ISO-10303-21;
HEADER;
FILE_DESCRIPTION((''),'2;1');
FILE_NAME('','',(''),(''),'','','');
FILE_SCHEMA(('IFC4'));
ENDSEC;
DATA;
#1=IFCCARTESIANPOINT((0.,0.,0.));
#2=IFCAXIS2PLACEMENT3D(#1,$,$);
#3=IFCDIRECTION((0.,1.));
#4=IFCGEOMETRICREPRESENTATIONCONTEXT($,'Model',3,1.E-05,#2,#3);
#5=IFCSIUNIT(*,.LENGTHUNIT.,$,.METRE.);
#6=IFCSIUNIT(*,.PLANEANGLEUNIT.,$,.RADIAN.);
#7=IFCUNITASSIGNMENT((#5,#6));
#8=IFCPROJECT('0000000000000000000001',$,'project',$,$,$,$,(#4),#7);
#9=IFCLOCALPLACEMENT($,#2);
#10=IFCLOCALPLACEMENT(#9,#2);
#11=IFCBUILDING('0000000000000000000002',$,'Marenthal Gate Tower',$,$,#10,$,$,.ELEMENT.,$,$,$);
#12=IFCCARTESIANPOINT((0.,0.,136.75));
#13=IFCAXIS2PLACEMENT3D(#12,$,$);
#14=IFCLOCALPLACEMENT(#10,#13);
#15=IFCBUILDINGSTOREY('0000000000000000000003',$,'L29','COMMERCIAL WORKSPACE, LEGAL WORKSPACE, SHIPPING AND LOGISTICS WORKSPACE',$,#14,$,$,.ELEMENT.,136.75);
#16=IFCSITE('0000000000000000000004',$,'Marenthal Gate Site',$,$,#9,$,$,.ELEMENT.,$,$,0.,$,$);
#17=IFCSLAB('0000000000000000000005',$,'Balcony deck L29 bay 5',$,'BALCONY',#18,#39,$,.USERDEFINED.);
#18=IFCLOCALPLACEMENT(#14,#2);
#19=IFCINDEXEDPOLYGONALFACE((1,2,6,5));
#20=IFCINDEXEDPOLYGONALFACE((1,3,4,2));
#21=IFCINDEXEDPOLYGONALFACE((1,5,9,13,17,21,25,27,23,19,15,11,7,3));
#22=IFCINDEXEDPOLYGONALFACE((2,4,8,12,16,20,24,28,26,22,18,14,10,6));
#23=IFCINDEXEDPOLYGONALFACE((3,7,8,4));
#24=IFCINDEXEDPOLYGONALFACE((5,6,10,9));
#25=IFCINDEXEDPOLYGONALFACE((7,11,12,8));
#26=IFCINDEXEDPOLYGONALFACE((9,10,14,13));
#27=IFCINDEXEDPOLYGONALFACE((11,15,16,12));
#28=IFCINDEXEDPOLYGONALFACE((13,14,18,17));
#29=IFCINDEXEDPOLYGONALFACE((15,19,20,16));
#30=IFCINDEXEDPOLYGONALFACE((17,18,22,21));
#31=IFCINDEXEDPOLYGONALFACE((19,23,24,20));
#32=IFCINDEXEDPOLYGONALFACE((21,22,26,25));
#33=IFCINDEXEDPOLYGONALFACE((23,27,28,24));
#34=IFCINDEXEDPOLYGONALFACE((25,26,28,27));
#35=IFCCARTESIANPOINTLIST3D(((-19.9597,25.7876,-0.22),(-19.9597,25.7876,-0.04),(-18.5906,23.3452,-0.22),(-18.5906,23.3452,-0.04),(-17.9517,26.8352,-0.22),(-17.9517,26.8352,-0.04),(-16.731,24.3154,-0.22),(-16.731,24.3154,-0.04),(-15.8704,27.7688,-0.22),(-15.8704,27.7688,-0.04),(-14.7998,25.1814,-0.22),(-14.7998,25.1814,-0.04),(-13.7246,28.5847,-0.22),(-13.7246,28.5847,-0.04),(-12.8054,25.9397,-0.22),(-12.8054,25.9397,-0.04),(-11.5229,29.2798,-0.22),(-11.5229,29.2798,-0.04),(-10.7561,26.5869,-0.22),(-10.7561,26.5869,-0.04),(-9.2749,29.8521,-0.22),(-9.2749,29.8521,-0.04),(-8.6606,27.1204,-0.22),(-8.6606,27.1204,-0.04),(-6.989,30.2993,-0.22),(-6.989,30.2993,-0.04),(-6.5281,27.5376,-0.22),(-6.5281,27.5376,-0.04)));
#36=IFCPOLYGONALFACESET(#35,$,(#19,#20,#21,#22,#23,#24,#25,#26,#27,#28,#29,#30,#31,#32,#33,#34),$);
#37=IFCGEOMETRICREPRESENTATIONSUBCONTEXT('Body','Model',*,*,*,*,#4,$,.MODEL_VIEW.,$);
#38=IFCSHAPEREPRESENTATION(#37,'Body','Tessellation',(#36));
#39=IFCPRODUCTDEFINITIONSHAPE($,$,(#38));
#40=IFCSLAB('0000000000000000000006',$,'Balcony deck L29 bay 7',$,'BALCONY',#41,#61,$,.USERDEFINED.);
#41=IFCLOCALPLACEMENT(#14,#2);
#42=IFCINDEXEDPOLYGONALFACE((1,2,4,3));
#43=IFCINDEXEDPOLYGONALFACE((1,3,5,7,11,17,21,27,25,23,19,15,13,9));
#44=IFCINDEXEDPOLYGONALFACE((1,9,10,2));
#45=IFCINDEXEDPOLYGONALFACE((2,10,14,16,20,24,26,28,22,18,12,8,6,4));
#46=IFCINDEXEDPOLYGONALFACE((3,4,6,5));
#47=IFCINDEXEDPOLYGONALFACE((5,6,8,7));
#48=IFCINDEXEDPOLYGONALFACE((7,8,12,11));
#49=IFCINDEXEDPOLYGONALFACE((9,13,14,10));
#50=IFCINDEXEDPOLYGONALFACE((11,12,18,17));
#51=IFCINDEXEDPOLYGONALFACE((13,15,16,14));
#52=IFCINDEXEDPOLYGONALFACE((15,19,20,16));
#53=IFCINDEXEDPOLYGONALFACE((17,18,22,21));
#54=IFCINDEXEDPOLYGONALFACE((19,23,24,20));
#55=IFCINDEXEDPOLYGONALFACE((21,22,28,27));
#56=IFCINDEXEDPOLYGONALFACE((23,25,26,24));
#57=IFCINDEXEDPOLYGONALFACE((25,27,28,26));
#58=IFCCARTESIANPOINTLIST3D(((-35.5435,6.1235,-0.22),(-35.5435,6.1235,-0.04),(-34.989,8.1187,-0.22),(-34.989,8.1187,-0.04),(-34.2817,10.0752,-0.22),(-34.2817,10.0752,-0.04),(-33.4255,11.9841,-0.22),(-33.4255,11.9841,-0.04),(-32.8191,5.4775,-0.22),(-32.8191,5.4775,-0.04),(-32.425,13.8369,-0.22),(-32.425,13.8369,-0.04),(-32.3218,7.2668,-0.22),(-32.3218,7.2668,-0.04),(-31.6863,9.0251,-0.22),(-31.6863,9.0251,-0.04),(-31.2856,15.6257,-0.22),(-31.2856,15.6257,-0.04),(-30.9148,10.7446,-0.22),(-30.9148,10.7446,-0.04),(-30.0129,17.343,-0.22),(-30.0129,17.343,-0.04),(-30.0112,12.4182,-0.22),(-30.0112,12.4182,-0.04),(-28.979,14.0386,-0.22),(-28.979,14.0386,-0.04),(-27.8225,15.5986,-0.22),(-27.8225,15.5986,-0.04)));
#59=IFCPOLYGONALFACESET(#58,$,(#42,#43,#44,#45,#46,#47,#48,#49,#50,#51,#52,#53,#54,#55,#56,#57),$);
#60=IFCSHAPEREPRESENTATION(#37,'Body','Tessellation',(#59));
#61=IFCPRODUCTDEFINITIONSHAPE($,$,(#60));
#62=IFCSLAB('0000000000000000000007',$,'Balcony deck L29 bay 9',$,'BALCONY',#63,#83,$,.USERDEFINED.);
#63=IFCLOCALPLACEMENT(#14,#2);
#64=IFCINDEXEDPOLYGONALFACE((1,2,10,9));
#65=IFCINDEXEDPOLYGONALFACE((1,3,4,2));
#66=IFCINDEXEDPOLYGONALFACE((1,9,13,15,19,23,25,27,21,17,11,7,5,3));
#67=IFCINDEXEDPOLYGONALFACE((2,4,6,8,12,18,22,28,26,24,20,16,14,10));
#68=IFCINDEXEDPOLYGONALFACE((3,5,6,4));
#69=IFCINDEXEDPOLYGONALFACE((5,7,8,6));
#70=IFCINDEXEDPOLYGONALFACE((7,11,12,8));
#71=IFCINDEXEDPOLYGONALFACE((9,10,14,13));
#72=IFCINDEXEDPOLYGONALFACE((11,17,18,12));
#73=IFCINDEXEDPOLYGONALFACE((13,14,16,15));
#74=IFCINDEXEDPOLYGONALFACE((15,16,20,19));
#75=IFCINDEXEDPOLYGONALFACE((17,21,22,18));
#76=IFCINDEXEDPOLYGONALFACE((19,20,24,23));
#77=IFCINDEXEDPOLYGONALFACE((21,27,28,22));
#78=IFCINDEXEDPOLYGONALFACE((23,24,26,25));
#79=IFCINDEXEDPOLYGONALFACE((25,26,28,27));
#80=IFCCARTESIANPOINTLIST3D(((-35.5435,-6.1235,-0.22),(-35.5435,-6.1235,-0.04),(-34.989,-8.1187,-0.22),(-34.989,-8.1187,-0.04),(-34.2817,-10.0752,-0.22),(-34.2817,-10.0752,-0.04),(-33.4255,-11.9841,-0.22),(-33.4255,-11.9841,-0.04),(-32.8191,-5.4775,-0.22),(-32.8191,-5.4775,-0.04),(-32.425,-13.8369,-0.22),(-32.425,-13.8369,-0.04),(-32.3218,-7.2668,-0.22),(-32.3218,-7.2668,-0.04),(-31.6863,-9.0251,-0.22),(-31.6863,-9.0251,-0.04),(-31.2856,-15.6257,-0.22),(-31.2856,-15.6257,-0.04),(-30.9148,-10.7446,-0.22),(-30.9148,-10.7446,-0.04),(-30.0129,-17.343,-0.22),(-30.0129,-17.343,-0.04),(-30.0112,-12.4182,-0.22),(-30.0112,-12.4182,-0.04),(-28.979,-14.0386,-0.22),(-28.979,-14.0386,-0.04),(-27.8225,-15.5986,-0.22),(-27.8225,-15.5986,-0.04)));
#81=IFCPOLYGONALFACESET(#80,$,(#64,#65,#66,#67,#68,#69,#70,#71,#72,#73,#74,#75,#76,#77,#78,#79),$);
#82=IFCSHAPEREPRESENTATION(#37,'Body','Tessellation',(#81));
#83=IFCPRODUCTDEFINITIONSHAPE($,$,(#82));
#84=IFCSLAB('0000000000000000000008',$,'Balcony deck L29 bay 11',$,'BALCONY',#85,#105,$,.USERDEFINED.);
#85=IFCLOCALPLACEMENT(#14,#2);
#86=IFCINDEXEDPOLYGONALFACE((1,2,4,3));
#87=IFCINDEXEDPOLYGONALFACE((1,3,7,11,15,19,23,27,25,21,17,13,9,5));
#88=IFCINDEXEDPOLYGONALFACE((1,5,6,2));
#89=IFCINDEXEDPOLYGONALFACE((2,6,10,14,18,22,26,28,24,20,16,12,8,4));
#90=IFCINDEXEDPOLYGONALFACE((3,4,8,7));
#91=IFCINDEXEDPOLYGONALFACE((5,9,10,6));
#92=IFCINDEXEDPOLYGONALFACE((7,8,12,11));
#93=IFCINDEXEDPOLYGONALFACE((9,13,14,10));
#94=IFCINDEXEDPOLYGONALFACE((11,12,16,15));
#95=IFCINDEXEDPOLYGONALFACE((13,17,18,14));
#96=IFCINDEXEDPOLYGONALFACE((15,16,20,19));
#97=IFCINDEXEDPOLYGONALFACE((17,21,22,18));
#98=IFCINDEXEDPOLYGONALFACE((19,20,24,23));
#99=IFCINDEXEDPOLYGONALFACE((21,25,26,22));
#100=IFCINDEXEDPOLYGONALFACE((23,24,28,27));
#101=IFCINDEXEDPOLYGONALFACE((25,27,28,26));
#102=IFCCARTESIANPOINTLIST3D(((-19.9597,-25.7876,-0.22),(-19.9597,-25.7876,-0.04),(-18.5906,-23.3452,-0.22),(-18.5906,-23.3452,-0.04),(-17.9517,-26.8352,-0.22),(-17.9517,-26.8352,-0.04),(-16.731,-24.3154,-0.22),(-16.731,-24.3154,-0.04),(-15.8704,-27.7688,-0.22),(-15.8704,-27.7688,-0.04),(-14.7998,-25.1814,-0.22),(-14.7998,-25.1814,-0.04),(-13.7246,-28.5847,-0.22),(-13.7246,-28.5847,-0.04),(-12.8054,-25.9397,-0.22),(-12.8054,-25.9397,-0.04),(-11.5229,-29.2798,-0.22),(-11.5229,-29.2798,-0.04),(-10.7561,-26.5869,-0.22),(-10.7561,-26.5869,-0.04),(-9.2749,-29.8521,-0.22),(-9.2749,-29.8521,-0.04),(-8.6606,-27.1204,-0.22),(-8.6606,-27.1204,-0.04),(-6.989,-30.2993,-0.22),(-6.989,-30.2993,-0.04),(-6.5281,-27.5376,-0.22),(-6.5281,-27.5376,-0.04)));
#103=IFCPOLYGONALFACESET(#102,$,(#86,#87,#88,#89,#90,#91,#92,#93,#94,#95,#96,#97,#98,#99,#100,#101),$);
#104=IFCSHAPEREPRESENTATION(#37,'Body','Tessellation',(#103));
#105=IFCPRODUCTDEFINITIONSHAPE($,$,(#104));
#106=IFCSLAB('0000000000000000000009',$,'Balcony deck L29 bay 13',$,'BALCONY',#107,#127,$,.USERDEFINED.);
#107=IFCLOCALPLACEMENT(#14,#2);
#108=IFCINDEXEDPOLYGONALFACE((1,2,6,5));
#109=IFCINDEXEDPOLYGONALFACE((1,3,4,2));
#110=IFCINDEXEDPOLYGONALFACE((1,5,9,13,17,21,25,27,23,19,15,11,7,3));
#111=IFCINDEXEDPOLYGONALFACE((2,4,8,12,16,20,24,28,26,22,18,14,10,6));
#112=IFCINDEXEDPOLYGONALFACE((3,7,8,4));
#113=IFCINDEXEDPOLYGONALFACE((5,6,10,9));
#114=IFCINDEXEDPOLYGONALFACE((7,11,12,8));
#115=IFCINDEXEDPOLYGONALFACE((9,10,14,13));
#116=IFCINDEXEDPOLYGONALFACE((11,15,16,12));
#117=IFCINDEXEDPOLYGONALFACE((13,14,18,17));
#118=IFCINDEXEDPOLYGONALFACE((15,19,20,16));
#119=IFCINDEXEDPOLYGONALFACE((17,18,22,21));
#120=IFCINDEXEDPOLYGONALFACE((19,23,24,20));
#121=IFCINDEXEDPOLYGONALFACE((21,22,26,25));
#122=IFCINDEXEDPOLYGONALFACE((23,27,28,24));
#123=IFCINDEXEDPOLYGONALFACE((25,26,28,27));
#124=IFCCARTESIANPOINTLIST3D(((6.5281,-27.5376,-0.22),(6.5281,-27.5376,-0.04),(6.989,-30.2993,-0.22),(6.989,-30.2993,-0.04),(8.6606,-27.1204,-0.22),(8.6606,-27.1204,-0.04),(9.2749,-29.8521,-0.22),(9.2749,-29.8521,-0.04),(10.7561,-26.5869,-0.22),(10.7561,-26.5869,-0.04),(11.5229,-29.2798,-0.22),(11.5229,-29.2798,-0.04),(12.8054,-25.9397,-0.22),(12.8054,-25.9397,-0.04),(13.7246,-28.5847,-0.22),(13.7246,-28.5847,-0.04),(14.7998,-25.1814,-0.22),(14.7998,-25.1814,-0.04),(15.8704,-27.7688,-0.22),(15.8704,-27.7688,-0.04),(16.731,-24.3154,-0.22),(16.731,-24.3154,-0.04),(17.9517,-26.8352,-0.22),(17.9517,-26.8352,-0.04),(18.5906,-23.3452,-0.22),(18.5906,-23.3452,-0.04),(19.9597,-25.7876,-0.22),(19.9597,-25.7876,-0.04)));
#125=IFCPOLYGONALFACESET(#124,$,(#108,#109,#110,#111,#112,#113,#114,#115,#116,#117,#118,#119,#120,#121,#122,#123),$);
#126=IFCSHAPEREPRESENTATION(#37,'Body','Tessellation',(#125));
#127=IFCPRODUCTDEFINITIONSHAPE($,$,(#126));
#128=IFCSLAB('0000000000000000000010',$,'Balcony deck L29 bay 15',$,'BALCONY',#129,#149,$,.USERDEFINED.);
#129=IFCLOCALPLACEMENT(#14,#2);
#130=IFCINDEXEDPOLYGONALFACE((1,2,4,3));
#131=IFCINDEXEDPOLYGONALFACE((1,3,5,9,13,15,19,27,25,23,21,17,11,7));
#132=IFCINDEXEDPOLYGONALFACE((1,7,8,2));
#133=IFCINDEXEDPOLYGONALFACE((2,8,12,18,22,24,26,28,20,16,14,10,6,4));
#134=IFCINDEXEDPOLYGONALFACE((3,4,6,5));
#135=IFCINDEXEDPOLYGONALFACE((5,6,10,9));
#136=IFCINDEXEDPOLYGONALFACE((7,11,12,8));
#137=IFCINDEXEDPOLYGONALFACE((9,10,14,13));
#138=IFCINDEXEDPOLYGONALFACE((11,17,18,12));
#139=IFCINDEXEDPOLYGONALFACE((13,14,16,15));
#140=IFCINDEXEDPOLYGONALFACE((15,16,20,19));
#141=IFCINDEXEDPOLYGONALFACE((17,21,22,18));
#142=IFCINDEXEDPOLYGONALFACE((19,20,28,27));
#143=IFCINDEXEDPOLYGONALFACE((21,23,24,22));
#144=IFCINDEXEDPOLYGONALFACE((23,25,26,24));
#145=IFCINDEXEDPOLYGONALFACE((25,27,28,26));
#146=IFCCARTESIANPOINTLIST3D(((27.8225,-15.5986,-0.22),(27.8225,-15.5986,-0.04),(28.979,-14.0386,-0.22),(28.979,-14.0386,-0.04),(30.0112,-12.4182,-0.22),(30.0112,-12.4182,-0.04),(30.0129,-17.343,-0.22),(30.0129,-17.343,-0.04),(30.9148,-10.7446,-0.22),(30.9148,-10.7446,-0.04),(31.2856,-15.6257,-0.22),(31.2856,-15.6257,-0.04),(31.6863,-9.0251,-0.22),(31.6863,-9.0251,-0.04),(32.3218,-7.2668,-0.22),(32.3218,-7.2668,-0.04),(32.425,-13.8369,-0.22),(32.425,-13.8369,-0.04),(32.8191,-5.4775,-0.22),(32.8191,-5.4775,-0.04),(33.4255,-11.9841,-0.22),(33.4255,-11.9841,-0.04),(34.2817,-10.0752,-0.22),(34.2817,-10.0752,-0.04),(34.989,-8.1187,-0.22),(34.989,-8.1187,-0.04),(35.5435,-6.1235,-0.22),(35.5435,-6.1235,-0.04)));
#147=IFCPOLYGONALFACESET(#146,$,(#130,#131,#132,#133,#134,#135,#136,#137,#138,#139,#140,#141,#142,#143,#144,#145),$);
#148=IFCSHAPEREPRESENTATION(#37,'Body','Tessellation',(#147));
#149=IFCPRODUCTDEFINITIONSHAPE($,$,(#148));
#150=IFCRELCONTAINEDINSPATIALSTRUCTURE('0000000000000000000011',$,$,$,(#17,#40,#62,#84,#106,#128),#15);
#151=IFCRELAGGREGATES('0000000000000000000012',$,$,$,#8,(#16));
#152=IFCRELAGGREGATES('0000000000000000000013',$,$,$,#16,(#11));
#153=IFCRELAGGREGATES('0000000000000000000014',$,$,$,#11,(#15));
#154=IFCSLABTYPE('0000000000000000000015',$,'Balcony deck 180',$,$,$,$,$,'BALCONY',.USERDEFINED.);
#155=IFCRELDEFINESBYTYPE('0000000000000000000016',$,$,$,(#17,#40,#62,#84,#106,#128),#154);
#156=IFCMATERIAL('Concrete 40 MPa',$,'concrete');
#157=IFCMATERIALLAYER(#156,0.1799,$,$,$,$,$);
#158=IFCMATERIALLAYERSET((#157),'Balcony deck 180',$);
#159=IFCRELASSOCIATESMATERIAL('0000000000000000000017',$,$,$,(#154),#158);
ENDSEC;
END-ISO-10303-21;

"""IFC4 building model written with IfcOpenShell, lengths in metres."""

from ifc_helpers import new_model, si_unit, direction, frame, origin, place, context, subcontext, project, spatial, polyline, outline, extrude, material, layer, layer_set, type_object, element, save


model = new_model("IFC4")

# Units and contexts
model_context = context("Model", 3, precision=1e-05, world=origin(), true_north=direction((0.0, 1.0)))
body_context = subcontext(model_context, "Body", "Model", "MODEL_VIEW")
ifc_project = project(units=[si_unit("LENGTHUNIT", "METRE"), si_unit("PLANEANGLEUNIT", "RADIAN")], contexts=[model_context])

# Site, building, storey
site_placement = place(None, origin())
site = spatial("IfcSite", under=ifc_project, at=site_placement, Name="Marenthal Gate Site", CompositionType="ELEMENT", RefElevation=0.0)
building_placement = place(site_placement, origin())
building = spatial("IfcBuilding", under=site, at=building_placement, Name="Marenthal Gate Tower", CompositionType="ELEMENT")
storey_placement = place(building_placement, frame((0.0, 0.0, 136.75)))
storey = spatial("IfcBuildingStorey", under=building, at=storey_placement, Name="L29", Description="COMMERCIAL WORKSPACE, LEGAL WORKSPACE, SHIPPING AND LOGISTICS WORKSPACE", CompositionType="ELEMENT", Elevation=136.75)

# Slabs
ifc_material_1 = material(Name="Concrete 40 MPa", Category="concrete")
ifc_layer_1 = layer(ifc_material_1, 0.1799)
ifc_layer_set_1 = layer_set([ifc_layer_1], Name="Balcony deck 180")
slab_type_1 = type_object("IfcSlabType", Name="Balcony deck 180", ElementType="BALCONY", PredefinedType="USERDEFINED", material=ifc_layer_set_1)
slab_1_placement = place(storey_placement, frame((0.0, 0.0, -0.22)))
element("IfcSlab", 1, at=slab_1_placement, inside=storey, type_object=slab_type_1, Name="Balcony deck L29 bay 5", ObjectType="BALCONY", PredefinedType="USERDEFINED", context=body_context, shape_type="SweptSolid", body=[
    extrude(outline(polyline([(-6.5281, 27.5376), (-8.6606, 27.1204), (-10.7561, 26.5869), (-12.8054, 25.9397), (-14.7998, 25.1814), (-16.731, 24.3154), (-18.5906, 23.3452), (-19.9597, 25.7876), (-17.9517, 26.8352), (-15.8704, 27.7688), (-13.7246, 28.5847), (-11.5229, 29.2798), (-9.2749, 29.8521), (-6.989, 30.2993), (-6.5281, 27.5376)])), origin(), (0.0, 0.0, 1.0), 0.1799),
])
slab_2_placement = place(storey_placement, frame((0.0, 0.0, -0.22)))
element("IfcSlab", 2, at=slab_2_placement, inside=storey, type_object=slab_type_1, Name="Balcony deck L29 bay 7", ObjectType="BALCONY", PredefinedType="USERDEFINED", context=body_context, shape_type="SweptSolid", body=[
    extrude(outline(polyline([(-27.8225, 15.5986), (-28.979, 14.0386), (-30.0112, 12.4182), (-30.9148, 10.7446), (-31.6863, 9.0251), (-32.3218, 7.2668), (-32.8191, 5.4775), (-35.5435, 6.1235), (-34.989, 8.1187), (-34.2817, 10.0752), (-33.4255, 11.9841), (-32.425, 13.8369), (-31.2856, 15.6257), (-30.0129, 17.343), (-27.8225, 15.5986)])), origin(), (0.0, 0.0, 1.0), 0.1799),
])
slab_3_placement = place(storey_placement, frame((0.0, 0.0, -0.22)))
element("IfcSlab", 3, at=slab_3_placement, inside=storey, type_object=slab_type_1, Name="Balcony deck L29 bay 9", ObjectType="BALCONY", PredefinedType="USERDEFINED", context=body_context, shape_type="SweptSolid", body=[
    extrude(outline(polyline([(-32.8191, -5.4775), (-32.3218, -7.2668), (-31.6863, -9.0251), (-30.9148, -10.7446), (-30.0112, -12.4182), (-28.979, -14.0386), (-27.8225, -15.5986), (-30.0129, -17.343), (-31.2856, -15.6257), (-32.425, -13.8369), (-33.4255, -11.9841), (-34.2817, -10.0752), (-34.989, -8.1187), (-35.5435, -6.1235), (-32.8191, -5.4775)])), origin(), (0.0, 0.0, 1.0), 0.1799),
])
slab_4_placement = place(storey_placement, frame((0.0, 0.0, -0.22)))
element("IfcSlab", 4, at=slab_4_placement, inside=storey, type_object=slab_type_1, Name="Balcony deck L29 bay 11", ObjectType="BALCONY", PredefinedType="USERDEFINED", context=body_context, shape_type="SweptSolid", body=[
    extrude(outline(polyline([(-18.5906, -23.3452), (-16.731, -24.3154), (-14.7998, -25.1814), (-12.8054, -25.9397), (-10.7561, -26.5869), (-8.6606, -27.1204), (-6.5281, -27.5376), (-6.989, -30.2993), (-9.2749, -29.8521), (-11.5229, -29.2798), (-13.7246, -28.5847), (-15.8704, -27.7688), (-17.9517, -26.8352), (-19.9597, -25.7876), (-18.5906, -23.3452)])), origin(), (0.0, 0.0, 1.0), 0.1799),
])
slab_5_placement = place(storey_placement, frame((0.0, 0.0, -0.22)))
element("IfcSlab", 5, at=slab_5_placement, inside=storey, type_object=slab_type_1, Name="Balcony deck L29 bay 13", ObjectType="BALCONY", PredefinedType="USERDEFINED", context=body_context, shape_type="SweptSolid", body=[
    extrude(outline(polyline([(6.5281, -27.5376), (8.6606, -27.1204), (10.7561, -26.5869), (12.8054, -25.9397), (14.7998, -25.1814), (16.731, -24.3154), (18.5906, -23.3452), (19.9597, -25.7876), (17.9517, -26.8352), (15.8704, -27.7688), (13.7246, -28.5847), (11.5229, -29.2798), (9.2749, -29.8521), (6.989, -30.2993), (6.5281, -27.5376)])), origin(), (0.0, 0.0, 1.0), 0.1799),
])
slab_6_placement = place(storey_placement, frame((0.0, 0.0, -0.22)))
element("IfcSlab", 6, at=slab_6_placement, inside=storey, type_object=slab_type_1, Name="Balcony deck L29 bay 15", ObjectType="BALCONY", PredefinedType="USERDEFINED", context=body_context, shape_type="SweptSolid", body=[
    extrude(outline(polyline([(27.8225, -15.5986), (28.979, -14.0386), (30.0112, -12.4182), (30.9148, -10.7446), (31.6863, -9.0251), (32.3218, -7.2668), (32.8191, -5.4775), (35.5435, -6.1235), (34.989, -8.1187), (34.2817, -10.0752), (33.4255, -11.9841), (32.425, -13.8369), (31.2856, -15.6257), (30.0129, -17.343), (27.8225, -15.5986)])), origin(), (0.0, 0.0, 1.0), 0.1799),
])

save(model, "model.ifc")
